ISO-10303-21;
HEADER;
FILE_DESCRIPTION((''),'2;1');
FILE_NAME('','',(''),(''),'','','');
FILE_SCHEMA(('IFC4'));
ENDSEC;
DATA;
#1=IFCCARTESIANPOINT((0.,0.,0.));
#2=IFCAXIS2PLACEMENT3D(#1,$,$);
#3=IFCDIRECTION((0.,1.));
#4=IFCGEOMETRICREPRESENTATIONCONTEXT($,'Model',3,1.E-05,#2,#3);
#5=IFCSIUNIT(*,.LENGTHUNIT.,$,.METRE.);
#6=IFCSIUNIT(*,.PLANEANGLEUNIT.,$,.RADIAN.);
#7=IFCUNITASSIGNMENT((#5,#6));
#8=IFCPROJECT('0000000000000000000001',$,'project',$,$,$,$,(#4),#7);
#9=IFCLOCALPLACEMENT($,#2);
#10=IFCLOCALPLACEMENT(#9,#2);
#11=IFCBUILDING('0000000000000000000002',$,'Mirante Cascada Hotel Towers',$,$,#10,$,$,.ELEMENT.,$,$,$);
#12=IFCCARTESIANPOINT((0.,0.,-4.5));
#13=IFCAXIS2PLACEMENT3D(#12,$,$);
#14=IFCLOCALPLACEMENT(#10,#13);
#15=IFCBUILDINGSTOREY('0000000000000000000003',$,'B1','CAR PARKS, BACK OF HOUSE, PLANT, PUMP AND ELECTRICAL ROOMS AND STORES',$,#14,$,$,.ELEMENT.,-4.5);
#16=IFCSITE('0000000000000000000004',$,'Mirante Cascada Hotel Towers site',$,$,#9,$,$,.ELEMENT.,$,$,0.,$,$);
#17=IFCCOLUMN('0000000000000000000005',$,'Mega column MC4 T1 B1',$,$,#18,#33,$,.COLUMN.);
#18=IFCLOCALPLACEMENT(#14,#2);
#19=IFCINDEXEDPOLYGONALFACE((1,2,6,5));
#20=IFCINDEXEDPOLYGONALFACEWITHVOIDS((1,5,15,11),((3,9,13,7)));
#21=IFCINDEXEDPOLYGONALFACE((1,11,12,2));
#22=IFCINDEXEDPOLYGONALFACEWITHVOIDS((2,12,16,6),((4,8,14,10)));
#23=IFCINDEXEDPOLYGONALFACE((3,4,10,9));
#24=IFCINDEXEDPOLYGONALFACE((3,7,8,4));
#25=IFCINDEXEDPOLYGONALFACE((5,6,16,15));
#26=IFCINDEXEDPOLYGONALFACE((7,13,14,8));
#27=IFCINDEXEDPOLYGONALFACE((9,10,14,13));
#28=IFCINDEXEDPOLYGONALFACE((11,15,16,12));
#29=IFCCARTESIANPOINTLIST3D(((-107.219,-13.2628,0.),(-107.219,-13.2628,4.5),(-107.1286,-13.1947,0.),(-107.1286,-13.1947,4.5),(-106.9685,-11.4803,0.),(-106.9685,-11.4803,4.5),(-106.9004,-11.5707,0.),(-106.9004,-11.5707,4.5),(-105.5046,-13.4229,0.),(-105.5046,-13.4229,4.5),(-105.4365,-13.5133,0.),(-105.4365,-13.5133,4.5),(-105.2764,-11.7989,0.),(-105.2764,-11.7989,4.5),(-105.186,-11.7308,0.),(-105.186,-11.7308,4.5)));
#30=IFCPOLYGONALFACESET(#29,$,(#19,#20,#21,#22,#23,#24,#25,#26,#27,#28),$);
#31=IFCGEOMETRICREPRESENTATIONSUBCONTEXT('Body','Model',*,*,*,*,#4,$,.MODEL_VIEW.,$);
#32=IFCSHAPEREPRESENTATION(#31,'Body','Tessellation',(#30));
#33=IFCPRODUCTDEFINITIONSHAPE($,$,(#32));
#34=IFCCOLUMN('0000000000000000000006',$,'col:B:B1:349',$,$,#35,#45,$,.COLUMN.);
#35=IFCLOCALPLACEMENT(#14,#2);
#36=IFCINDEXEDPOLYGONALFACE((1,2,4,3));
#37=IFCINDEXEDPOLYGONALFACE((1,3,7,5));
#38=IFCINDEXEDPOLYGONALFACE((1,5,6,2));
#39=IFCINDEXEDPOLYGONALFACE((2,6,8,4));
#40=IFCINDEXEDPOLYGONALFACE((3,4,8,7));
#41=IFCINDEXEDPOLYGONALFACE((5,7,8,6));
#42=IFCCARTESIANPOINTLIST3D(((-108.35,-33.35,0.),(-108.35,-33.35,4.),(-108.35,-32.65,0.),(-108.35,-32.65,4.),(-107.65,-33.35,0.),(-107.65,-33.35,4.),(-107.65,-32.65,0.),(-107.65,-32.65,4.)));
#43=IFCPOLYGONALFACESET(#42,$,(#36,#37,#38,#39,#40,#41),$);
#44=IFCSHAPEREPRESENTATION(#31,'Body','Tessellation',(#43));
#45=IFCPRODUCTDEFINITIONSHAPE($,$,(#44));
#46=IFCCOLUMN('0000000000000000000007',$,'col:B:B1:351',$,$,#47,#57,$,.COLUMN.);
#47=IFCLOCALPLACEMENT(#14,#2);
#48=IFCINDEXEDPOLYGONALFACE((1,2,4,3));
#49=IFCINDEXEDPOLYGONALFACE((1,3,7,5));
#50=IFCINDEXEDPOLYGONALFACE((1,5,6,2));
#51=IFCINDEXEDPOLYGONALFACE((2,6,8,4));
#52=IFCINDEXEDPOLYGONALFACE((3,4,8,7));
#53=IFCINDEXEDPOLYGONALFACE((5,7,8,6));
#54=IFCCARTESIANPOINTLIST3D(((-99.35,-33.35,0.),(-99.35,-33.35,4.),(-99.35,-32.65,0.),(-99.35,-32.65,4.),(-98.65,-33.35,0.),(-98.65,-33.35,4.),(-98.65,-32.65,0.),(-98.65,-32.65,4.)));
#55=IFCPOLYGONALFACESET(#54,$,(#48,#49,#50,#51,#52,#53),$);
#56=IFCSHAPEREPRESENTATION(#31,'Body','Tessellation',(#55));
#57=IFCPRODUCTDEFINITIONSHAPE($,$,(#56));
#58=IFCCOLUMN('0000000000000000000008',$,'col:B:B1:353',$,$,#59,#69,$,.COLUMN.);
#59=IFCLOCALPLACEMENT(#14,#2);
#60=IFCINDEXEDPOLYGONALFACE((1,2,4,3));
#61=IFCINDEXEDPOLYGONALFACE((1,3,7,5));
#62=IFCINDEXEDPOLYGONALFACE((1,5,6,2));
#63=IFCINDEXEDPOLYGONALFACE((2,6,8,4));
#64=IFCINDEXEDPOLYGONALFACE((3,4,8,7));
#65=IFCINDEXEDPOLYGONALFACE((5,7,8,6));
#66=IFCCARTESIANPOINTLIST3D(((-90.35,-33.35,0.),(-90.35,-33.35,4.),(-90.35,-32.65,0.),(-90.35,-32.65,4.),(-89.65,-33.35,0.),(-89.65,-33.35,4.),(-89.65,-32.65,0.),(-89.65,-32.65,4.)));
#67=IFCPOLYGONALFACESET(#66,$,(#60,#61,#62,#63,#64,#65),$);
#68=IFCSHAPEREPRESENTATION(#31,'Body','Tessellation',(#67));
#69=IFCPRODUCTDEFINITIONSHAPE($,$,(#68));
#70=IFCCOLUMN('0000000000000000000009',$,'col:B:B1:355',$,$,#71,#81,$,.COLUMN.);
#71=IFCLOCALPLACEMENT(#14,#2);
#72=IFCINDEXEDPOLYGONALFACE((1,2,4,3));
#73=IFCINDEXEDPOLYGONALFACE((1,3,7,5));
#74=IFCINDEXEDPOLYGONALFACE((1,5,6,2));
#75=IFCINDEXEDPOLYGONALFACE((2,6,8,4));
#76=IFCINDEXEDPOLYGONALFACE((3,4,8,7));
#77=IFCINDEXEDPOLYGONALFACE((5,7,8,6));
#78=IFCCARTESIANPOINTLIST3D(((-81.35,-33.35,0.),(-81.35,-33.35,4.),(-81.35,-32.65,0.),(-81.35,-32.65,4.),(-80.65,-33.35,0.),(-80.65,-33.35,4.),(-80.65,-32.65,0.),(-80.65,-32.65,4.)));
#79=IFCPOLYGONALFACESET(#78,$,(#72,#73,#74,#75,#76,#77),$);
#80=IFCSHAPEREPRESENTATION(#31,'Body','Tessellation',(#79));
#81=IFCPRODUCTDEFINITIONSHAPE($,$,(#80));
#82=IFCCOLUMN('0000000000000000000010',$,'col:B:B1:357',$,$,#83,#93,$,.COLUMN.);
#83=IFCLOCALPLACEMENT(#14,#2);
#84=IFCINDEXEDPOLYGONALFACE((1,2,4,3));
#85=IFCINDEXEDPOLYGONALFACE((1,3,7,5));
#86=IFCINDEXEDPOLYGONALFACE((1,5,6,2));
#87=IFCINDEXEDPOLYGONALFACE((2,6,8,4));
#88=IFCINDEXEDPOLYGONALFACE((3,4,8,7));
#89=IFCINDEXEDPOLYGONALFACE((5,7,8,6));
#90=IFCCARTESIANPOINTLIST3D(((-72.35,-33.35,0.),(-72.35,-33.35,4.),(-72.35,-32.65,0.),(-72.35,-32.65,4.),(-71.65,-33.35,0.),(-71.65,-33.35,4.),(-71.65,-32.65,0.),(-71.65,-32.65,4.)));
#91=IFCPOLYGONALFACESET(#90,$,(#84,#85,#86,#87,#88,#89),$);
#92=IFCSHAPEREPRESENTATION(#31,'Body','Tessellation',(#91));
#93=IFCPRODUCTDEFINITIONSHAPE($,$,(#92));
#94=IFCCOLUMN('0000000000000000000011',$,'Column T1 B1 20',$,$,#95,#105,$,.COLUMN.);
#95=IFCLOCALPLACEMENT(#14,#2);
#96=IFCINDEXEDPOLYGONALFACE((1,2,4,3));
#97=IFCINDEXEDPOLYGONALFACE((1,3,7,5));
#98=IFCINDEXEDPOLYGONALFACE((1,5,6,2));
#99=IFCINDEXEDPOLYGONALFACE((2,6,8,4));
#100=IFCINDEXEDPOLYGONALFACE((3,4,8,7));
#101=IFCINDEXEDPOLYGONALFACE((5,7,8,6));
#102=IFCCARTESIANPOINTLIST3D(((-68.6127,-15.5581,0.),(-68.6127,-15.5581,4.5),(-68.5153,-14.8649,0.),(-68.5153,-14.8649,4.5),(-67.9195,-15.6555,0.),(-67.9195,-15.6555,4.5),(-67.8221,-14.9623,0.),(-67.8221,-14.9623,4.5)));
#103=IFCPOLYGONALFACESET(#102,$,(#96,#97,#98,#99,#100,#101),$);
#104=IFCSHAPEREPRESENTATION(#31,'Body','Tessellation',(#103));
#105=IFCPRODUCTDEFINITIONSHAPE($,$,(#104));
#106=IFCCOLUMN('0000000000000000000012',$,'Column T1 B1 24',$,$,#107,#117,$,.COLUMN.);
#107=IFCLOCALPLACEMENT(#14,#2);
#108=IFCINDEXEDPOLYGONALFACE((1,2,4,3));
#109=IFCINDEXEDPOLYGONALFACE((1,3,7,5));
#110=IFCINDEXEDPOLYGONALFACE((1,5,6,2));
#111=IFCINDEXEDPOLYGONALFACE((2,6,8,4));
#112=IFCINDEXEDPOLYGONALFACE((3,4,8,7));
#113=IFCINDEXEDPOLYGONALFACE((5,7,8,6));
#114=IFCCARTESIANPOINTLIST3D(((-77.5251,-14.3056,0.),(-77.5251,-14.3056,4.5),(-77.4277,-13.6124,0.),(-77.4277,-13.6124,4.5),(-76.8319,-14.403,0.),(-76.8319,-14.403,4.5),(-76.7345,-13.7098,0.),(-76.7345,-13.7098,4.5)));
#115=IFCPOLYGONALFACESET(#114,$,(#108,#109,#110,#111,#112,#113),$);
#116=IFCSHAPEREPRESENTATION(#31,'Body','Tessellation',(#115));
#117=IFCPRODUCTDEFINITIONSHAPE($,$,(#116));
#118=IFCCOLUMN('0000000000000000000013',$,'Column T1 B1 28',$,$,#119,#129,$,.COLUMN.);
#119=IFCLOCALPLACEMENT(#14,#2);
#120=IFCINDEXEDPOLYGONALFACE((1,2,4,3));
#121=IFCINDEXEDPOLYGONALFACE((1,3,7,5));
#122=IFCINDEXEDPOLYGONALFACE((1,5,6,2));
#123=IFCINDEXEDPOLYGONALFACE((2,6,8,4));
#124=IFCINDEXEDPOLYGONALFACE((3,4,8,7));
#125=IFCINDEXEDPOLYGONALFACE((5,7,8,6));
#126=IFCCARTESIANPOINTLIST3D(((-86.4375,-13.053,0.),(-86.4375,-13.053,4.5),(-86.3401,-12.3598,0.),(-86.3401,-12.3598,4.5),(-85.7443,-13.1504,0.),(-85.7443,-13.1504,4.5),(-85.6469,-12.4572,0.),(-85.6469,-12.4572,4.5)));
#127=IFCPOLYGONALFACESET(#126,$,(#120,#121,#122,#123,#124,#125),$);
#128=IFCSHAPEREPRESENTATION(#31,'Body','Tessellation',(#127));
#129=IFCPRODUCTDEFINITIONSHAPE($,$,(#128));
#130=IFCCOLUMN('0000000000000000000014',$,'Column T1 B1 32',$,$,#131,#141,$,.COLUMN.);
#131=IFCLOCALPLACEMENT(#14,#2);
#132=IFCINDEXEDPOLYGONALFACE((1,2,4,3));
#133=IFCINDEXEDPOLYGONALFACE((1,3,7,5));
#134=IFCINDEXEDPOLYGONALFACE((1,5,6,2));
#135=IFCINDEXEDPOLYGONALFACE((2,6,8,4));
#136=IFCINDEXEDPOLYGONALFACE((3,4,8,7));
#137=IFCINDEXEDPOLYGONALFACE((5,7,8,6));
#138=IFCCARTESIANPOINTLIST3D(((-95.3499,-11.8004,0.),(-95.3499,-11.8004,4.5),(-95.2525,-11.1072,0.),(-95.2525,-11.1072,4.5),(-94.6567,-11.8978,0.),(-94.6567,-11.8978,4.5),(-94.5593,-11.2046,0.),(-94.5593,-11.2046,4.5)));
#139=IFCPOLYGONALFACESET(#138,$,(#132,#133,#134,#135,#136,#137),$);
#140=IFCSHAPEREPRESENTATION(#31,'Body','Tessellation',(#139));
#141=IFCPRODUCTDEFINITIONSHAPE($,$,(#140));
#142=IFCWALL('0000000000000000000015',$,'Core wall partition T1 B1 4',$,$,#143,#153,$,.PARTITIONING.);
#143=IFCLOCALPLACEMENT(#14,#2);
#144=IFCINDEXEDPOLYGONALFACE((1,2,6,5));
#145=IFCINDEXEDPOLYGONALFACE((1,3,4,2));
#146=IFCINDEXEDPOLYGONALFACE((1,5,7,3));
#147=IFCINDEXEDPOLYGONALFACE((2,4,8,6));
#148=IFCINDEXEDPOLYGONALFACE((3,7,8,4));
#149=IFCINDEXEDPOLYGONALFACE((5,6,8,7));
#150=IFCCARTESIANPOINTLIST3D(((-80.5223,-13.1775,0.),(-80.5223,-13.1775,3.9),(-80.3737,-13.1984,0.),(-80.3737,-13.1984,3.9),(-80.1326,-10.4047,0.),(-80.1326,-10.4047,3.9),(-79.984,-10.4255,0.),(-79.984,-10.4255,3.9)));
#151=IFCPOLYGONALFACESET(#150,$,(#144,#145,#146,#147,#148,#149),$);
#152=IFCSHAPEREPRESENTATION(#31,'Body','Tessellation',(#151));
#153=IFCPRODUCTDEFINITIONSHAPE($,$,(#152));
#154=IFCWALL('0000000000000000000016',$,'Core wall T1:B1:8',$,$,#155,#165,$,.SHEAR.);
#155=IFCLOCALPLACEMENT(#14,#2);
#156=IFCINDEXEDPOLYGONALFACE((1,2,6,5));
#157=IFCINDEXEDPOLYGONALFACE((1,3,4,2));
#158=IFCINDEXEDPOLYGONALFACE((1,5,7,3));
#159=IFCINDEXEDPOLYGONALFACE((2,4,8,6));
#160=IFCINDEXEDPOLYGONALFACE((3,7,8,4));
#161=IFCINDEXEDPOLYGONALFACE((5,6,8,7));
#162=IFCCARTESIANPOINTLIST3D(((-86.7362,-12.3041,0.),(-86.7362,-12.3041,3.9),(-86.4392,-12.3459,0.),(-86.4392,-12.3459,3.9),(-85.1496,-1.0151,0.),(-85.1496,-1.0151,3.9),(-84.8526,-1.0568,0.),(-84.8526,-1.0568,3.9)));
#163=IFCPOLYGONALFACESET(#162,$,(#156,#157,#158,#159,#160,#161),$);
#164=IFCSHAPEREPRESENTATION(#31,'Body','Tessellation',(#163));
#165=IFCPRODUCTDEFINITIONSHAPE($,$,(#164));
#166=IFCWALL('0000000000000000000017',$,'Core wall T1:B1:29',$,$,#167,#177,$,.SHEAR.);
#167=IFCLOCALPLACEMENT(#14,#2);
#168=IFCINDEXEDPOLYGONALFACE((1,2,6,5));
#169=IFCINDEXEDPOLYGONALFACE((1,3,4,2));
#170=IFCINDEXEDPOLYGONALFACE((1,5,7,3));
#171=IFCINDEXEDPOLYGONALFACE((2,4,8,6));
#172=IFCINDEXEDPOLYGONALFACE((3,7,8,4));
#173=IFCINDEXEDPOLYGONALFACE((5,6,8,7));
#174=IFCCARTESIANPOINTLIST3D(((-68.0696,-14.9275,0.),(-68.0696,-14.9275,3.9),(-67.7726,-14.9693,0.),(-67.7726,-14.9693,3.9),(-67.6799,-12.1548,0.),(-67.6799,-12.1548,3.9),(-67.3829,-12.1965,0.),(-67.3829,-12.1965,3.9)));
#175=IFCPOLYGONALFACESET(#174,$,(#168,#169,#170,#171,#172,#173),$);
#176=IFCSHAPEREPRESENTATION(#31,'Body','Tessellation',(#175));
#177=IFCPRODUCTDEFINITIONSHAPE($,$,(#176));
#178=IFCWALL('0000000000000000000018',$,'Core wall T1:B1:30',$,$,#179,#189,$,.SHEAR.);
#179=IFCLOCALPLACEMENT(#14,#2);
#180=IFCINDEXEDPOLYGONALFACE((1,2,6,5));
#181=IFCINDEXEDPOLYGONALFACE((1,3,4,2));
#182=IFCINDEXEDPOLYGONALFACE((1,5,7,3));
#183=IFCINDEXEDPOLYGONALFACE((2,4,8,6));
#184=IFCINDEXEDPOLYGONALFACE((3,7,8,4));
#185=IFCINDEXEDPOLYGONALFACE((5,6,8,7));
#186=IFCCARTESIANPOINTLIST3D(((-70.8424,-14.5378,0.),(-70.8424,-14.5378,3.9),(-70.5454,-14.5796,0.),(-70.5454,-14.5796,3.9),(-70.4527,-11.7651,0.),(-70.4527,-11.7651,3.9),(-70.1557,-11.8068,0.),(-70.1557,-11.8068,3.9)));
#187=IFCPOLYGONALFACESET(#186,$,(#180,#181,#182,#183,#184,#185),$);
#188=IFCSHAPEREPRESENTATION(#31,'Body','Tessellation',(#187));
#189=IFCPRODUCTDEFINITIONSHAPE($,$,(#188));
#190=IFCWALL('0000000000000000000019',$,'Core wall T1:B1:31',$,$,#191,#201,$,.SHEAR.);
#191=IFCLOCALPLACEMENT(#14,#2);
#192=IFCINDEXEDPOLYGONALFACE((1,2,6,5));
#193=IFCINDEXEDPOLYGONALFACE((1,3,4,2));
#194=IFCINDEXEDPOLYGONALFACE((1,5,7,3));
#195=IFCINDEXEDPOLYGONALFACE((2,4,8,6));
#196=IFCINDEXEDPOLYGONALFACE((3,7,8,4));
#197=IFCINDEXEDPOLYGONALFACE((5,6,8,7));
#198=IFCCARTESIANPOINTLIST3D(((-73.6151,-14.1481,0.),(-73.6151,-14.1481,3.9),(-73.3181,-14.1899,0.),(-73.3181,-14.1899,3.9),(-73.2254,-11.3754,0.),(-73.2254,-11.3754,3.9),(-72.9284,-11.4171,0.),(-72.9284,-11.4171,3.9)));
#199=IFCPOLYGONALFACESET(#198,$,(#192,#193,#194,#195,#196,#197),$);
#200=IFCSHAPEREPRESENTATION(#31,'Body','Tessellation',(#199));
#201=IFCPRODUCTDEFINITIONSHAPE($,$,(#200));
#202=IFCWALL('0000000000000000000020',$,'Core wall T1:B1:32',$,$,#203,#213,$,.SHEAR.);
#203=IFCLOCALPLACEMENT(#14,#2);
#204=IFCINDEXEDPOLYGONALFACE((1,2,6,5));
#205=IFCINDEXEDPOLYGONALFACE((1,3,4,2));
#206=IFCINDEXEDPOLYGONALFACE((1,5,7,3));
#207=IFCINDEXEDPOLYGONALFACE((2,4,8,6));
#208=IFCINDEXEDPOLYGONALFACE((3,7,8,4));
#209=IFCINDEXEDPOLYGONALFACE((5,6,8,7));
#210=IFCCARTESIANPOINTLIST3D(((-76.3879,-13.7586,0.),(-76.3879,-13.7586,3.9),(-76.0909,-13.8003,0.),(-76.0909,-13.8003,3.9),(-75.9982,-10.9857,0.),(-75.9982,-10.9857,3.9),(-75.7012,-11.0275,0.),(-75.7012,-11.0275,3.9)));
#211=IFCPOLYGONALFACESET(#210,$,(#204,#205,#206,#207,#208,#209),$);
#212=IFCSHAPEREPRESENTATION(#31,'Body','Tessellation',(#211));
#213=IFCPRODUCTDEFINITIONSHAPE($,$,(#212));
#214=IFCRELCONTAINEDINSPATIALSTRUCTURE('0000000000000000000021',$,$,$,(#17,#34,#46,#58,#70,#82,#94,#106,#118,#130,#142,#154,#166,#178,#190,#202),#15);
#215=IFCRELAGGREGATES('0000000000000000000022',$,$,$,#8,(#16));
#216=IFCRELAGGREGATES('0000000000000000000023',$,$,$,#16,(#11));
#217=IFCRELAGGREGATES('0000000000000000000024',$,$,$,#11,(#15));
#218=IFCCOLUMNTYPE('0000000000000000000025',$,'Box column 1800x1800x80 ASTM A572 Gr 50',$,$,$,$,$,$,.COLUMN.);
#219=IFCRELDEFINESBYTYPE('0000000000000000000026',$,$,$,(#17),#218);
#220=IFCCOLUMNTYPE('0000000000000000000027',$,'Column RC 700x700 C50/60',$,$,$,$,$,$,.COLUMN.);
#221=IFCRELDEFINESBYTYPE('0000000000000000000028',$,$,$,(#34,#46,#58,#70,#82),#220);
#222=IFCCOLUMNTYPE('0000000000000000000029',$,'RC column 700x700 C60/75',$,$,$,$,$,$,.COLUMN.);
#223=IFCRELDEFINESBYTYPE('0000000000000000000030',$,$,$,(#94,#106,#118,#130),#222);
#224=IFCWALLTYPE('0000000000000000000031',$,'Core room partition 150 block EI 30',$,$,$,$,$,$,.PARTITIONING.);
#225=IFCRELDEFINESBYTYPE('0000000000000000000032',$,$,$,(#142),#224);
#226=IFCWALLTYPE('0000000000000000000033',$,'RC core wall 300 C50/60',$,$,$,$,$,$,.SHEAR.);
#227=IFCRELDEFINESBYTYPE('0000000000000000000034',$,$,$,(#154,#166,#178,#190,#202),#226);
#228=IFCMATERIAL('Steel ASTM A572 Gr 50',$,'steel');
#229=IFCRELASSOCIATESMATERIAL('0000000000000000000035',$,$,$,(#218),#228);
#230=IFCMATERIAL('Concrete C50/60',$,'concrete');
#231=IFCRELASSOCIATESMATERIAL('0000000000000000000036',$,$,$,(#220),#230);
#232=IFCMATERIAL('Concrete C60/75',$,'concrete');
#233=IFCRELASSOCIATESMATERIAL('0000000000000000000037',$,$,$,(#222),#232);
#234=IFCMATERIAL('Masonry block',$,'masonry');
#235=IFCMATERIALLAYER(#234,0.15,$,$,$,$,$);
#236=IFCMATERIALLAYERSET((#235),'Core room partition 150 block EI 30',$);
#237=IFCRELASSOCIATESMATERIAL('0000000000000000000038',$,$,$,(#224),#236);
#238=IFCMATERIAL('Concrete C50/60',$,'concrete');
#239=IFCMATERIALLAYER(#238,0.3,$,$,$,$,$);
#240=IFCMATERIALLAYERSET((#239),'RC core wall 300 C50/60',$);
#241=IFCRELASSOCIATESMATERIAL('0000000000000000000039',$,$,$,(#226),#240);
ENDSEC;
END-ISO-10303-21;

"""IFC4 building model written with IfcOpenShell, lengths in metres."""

from ifc_helpers import new_model, si_unit, direction, frame, frame_2d, origin, origin_2d, place, context, subcontext, project, spatial, rectangle, hollow_rectangle, extrude, material, layer, layer_set, material_profile, profile_set, type_object, element, save


model = new_model("IFC4")

# Units and contexts
model_context = context("Model", 3, precision=1e-05, world=origin(), true_north=direction((0.0, 1.0)))
body_context = subcontext(model_context, "Body", "Model", "MODEL_VIEW")
ifc_project = project(units=[si_unit("LENGTHUNIT", "METRE"), si_unit("PLANEANGLEUNIT", "RADIAN")], contexts=[model_context])

# Site, building, storey
site_placement = place(None, origin())
site = spatial("IfcSite", under=ifc_project, at=site_placement, Name="Mirante Cascada Hotel Towers site", CompositionType="ELEMENT", RefElevation=0.0)
building_placement = place(site_placement, origin())
building = spatial("IfcBuilding", under=site, at=building_placement, Name="Mirante Cascada Hotel Towers", CompositionType="ELEMENT")
storey_placement = place(building_placement, frame((0.0, 0.0, -4.5)))
storey = spatial("IfcBuildingStorey", under=building, at=storey_placement, Name="B1", Description="CAR PARKS, BACK OF HOUSE, PLANT, PUMP AND ELECTRICAL ROOMS AND STORES", CompositionType="ELEMENT", Elevation=-4.5)

# Columns
ifc_material_1 = material(Name="Steel ASTM A572 Gr 50", Category="steel")
ifc_material_profile_1 = material_profile(ifc_material_1, hollow_rectangle(XDim=1.8, YDim=1.8, WallThickness=0.08, at=origin_2d()), Name="Box column 1800x1800x80 ASTM A572 Gr 50")
ifc_profile_set_1 = profile_set([ifc_material_profile_1], Name="Steel ASTM A572 Gr 50")
column_type_1 = type_object("IfcColumnType", Name="Box column 1800x1800x80 ASTM A572 Gr 50", PredefinedType="COLUMN", material=ifc_profile_set_1)
column_placement = place(storey_placement, frame((-106.2025, -12.4968, 0.0), z_axis=(0.0, 0.0, 1.0), x_axis=(-0.990268, 0.139173, 0.0)))
element("IfcColumn", 1, at=column_placement, inside=storey, type_object=column_type_1, Name="Mega column MC4 T1 B1", PredefinedType="COLUMN", context=body_context, shape_type="SweptSolid", body=[
    extrude(hollow_rectangle(XDim=1.8, YDim=1.8, WallThickness=0.08, at=origin_2d()), origin(), (0.0, 0.0, 1.0), 4.5),
])
ifc_material_2 = material(Name="Concrete C50/60", Category="concrete")
ifc_material_profile_2 = material_profile(ifc_material_2, rectangle(XDim=0.7, YDim=0.7, at=origin_2d()), Name="RC 700x700")
ifc_profile_set_2 = profile_set([ifc_material_profile_2], Name="Concrete C50/60")
column_type_2 = type_object("IfcColumnType", Name="Column RC 700x700 C50/60", PredefinedType="COLUMN", material=ifc_profile_set_2)
for number, where, z_axis, x_axis, name in (
    (2, (-108.0, -33.0, 0.0), (0.0, 0.0, 1.0), (1.0, 0.0, 0.0), "col:B:B1:349"),
    (3, (-99.0, -33.0, 0.0), (0.0, 0.0, 1.0), (1.0, 0.0, 0.0), "col:B:B1:351"),
    (4, (-90.0, -33.0, 0.0), (0.0, 0.0, 1.0), (1.0, 0.0, 0.0), "col:B:B1:353"),
    (5, (-81.0, -33.0, 0.0), (0.0, 0.0, 1.0), (1.0, 0.0, 0.0), "col:B:B1:355"),
    (6, (-72.0, -33.0, 0.0), (0.0, 0.0, 1.0), (1.0, 0.0, 0.0), "col:B:B1:357"),
):
    element("IfcColumn", number, at=place(storey_placement, frame(where, z_axis=z_axis, x_axis=x_axis)), inside=storey, type_object=column_type_2, Name=name, PredefinedType="COLUMN", context=body_context, shape_type="SweptSolid", body=[
        extrude(rectangle(XDim=0.7, YDim=0.7, at=origin_2d()), origin(), (0.0, 0.0, 1.0), 4.0),
    ])
ifc_material_3 = material(Name="Concrete C60/75", Category="concrete")
ifc_material_profile_3 = material_profile(ifc_material_3, rectangle(XDim=0.7, YDim=0.7, at=origin_2d()), Name="RC column 700x700 C60/75")
ifc_profile_set_3 = profile_set([ifc_material_profile_3], Name="Concrete C60/75")
column_type_3 = type_object("IfcColumnType", Name="RC column 700x700 C60/75", PredefinedType="COLUMN", material=ifc_profile_set_3)
for number, where, z_axis, x_axis, name in (
    (7, (-68.2174, -15.2602, 0.0), (0.0, 0.0, 1.0), (-0.990268, 0.139173, 0.0), "Column T1 B1 20"),
    (8, (-77.1298, -14.0077, 0.0), (0.0, 0.0, 1.0), (-0.990268, 0.139173, 0.0), "Column T1 B1 24"),
    (9, (-86.0422, -12.7551, 0.0), (0.0, 0.0, 1.0), (-0.990268, 0.139173, 0.0), "Column T1 B1 28"),
    (10, (-94.9546, -11.5025, 0.0), (0.0, 0.0, 1.0), (-0.990268, 0.139173, 0.0), "Column T1 B1 32"),
):
    element("IfcColumn", number, at=place(storey_placement, frame(where, z_axis=z_axis, x_axis=x_axis)), inside=storey, type_object=column_type_3, Name=name, PredefinedType="COLUMN", context=body_context, shape_type="SweptSolid", body=[
        extrude(rectangle(XDim=0.7, YDim=0.7, at=origin_2d()), origin(), (0.0, 0.0, 1.0), 4.5),
    ])

# Walls
ifc_material_4 = material(Name="Masonry block", Category="masonry")
ifc_layer_1 = layer(ifc_material_4, 0.15)
ifc_layer_set_1 = layer_set([ifc_layer_1], Name="Core room partition 150 block EI 30")
wall_type_1 = type_object("IfcWallType", Name="Core room partition 150 block EI 30", PredefinedType="PARTITIONING", material=ifc_layer_set_1)
wall_1_placement = place(storey_placement, frame((-80.448, -13.1879, 0.0), z_axis=(0.0, 0.0, 1.0), x_axis=(0.139176, 0.990268, 0.0)))
element("IfcWall", 11, at=wall_1_placement, inside=storey, type_object=wall_type_1, Name="Core wall partition T1 B1 4", PredefinedType="PARTITIONING", context=body_context, shape_type="SweptSolid", body=[
    extrude(rectangle(XDim=2.8001, YDim=0.15, at=frame_2d((1.4, 0.0))), origin(), (0.0, 0.0, 1.0), 3.9),
])
ifc_material_5 = material(Name="Concrete C50/60", Category="concrete")
ifc_layer_2 = layer(ifc_material_5, 0.3)
ifc_layer_set_2 = layer_set([ifc_layer_2], Name="RC core wall 300 C50/60")
wall_type_2 = type_object("IfcWallType", Name="RC core wall 300 C50/60", PredefinedType="SHEAR", material=ifc_layer_set_2)
wall_2_placement = place(storey_placement, frame((-86.5877, -12.325, 0.0), z_axis=(0.0, 0.0, 1.0), x_axis=(0.139175, 0.990268, 0.0)))
element("IfcWall", 12, at=wall_2_placement, inside=storey, type_object=wall_type_2, Name="Core wall T1:B1:8", PredefinedType="SHEAR", context=body_context, shape_type="SweptSolid", body=[
    extrude(rectangle(XDim=11.4, YDim=0.3, at=frame_2d((5.7, 0.0))), origin(), (0.0, 0.0, 1.0), 3.9),
])
for number, where, z_axis, x_axis, name in (
    (13, (-67.9211, -14.9484, 0.0), (0.0, 0.0, 1.0), (0.139181, 0.990267, 0.0), "Core wall T1:B1:29"),
    (14, (-70.6939, -14.5587, 0.0), (0.0, 0.0, 1.0), (0.139181, 0.990267, 0.0), "Core wall T1:B1:30"),
    (15, (-73.4666, -14.169, 0.0), (0.0, 0.0, 1.0), (0.139181, 0.990267, 0.0), "Core wall T1:B1:31"),
):
    element("IfcWall", number, at=place(storey_placement, frame(where, z_axis=z_axis, x_axis=x_axis)), inside=storey, type_object=wall_type_2, Name=name, PredefinedType="SHEAR", context=body_context, shape_type="SweptSolid", body=[
        extrude(rectangle(XDim=2.8, YDim=0.3, at=frame_2d((1.4, 0.0))), origin(), (0.0, 0.0, 1.0), 3.9),
    ])
wall_3_placement = place(storey_placement, frame((-76.2394, -13.7794, 0.0), z_axis=(0.0, 0.0, 1.0), x_axis=(0.139176, 0.990268, 0.0)))
element("IfcWall", 16, at=wall_3_placement, inside=storey, type_object=wall_type_2, Name="Core wall T1:B1:32", PredefinedType="SHEAR", context=body_context, shape_type="SweptSolid", body=[
    extrude(rectangle(XDim=2.8001, YDim=0.3, at=frame_2d((1.4, 0.0))), origin(), (0.0, 0.0, 1.0), 3.9),
])

save(model, "model.ifc")
